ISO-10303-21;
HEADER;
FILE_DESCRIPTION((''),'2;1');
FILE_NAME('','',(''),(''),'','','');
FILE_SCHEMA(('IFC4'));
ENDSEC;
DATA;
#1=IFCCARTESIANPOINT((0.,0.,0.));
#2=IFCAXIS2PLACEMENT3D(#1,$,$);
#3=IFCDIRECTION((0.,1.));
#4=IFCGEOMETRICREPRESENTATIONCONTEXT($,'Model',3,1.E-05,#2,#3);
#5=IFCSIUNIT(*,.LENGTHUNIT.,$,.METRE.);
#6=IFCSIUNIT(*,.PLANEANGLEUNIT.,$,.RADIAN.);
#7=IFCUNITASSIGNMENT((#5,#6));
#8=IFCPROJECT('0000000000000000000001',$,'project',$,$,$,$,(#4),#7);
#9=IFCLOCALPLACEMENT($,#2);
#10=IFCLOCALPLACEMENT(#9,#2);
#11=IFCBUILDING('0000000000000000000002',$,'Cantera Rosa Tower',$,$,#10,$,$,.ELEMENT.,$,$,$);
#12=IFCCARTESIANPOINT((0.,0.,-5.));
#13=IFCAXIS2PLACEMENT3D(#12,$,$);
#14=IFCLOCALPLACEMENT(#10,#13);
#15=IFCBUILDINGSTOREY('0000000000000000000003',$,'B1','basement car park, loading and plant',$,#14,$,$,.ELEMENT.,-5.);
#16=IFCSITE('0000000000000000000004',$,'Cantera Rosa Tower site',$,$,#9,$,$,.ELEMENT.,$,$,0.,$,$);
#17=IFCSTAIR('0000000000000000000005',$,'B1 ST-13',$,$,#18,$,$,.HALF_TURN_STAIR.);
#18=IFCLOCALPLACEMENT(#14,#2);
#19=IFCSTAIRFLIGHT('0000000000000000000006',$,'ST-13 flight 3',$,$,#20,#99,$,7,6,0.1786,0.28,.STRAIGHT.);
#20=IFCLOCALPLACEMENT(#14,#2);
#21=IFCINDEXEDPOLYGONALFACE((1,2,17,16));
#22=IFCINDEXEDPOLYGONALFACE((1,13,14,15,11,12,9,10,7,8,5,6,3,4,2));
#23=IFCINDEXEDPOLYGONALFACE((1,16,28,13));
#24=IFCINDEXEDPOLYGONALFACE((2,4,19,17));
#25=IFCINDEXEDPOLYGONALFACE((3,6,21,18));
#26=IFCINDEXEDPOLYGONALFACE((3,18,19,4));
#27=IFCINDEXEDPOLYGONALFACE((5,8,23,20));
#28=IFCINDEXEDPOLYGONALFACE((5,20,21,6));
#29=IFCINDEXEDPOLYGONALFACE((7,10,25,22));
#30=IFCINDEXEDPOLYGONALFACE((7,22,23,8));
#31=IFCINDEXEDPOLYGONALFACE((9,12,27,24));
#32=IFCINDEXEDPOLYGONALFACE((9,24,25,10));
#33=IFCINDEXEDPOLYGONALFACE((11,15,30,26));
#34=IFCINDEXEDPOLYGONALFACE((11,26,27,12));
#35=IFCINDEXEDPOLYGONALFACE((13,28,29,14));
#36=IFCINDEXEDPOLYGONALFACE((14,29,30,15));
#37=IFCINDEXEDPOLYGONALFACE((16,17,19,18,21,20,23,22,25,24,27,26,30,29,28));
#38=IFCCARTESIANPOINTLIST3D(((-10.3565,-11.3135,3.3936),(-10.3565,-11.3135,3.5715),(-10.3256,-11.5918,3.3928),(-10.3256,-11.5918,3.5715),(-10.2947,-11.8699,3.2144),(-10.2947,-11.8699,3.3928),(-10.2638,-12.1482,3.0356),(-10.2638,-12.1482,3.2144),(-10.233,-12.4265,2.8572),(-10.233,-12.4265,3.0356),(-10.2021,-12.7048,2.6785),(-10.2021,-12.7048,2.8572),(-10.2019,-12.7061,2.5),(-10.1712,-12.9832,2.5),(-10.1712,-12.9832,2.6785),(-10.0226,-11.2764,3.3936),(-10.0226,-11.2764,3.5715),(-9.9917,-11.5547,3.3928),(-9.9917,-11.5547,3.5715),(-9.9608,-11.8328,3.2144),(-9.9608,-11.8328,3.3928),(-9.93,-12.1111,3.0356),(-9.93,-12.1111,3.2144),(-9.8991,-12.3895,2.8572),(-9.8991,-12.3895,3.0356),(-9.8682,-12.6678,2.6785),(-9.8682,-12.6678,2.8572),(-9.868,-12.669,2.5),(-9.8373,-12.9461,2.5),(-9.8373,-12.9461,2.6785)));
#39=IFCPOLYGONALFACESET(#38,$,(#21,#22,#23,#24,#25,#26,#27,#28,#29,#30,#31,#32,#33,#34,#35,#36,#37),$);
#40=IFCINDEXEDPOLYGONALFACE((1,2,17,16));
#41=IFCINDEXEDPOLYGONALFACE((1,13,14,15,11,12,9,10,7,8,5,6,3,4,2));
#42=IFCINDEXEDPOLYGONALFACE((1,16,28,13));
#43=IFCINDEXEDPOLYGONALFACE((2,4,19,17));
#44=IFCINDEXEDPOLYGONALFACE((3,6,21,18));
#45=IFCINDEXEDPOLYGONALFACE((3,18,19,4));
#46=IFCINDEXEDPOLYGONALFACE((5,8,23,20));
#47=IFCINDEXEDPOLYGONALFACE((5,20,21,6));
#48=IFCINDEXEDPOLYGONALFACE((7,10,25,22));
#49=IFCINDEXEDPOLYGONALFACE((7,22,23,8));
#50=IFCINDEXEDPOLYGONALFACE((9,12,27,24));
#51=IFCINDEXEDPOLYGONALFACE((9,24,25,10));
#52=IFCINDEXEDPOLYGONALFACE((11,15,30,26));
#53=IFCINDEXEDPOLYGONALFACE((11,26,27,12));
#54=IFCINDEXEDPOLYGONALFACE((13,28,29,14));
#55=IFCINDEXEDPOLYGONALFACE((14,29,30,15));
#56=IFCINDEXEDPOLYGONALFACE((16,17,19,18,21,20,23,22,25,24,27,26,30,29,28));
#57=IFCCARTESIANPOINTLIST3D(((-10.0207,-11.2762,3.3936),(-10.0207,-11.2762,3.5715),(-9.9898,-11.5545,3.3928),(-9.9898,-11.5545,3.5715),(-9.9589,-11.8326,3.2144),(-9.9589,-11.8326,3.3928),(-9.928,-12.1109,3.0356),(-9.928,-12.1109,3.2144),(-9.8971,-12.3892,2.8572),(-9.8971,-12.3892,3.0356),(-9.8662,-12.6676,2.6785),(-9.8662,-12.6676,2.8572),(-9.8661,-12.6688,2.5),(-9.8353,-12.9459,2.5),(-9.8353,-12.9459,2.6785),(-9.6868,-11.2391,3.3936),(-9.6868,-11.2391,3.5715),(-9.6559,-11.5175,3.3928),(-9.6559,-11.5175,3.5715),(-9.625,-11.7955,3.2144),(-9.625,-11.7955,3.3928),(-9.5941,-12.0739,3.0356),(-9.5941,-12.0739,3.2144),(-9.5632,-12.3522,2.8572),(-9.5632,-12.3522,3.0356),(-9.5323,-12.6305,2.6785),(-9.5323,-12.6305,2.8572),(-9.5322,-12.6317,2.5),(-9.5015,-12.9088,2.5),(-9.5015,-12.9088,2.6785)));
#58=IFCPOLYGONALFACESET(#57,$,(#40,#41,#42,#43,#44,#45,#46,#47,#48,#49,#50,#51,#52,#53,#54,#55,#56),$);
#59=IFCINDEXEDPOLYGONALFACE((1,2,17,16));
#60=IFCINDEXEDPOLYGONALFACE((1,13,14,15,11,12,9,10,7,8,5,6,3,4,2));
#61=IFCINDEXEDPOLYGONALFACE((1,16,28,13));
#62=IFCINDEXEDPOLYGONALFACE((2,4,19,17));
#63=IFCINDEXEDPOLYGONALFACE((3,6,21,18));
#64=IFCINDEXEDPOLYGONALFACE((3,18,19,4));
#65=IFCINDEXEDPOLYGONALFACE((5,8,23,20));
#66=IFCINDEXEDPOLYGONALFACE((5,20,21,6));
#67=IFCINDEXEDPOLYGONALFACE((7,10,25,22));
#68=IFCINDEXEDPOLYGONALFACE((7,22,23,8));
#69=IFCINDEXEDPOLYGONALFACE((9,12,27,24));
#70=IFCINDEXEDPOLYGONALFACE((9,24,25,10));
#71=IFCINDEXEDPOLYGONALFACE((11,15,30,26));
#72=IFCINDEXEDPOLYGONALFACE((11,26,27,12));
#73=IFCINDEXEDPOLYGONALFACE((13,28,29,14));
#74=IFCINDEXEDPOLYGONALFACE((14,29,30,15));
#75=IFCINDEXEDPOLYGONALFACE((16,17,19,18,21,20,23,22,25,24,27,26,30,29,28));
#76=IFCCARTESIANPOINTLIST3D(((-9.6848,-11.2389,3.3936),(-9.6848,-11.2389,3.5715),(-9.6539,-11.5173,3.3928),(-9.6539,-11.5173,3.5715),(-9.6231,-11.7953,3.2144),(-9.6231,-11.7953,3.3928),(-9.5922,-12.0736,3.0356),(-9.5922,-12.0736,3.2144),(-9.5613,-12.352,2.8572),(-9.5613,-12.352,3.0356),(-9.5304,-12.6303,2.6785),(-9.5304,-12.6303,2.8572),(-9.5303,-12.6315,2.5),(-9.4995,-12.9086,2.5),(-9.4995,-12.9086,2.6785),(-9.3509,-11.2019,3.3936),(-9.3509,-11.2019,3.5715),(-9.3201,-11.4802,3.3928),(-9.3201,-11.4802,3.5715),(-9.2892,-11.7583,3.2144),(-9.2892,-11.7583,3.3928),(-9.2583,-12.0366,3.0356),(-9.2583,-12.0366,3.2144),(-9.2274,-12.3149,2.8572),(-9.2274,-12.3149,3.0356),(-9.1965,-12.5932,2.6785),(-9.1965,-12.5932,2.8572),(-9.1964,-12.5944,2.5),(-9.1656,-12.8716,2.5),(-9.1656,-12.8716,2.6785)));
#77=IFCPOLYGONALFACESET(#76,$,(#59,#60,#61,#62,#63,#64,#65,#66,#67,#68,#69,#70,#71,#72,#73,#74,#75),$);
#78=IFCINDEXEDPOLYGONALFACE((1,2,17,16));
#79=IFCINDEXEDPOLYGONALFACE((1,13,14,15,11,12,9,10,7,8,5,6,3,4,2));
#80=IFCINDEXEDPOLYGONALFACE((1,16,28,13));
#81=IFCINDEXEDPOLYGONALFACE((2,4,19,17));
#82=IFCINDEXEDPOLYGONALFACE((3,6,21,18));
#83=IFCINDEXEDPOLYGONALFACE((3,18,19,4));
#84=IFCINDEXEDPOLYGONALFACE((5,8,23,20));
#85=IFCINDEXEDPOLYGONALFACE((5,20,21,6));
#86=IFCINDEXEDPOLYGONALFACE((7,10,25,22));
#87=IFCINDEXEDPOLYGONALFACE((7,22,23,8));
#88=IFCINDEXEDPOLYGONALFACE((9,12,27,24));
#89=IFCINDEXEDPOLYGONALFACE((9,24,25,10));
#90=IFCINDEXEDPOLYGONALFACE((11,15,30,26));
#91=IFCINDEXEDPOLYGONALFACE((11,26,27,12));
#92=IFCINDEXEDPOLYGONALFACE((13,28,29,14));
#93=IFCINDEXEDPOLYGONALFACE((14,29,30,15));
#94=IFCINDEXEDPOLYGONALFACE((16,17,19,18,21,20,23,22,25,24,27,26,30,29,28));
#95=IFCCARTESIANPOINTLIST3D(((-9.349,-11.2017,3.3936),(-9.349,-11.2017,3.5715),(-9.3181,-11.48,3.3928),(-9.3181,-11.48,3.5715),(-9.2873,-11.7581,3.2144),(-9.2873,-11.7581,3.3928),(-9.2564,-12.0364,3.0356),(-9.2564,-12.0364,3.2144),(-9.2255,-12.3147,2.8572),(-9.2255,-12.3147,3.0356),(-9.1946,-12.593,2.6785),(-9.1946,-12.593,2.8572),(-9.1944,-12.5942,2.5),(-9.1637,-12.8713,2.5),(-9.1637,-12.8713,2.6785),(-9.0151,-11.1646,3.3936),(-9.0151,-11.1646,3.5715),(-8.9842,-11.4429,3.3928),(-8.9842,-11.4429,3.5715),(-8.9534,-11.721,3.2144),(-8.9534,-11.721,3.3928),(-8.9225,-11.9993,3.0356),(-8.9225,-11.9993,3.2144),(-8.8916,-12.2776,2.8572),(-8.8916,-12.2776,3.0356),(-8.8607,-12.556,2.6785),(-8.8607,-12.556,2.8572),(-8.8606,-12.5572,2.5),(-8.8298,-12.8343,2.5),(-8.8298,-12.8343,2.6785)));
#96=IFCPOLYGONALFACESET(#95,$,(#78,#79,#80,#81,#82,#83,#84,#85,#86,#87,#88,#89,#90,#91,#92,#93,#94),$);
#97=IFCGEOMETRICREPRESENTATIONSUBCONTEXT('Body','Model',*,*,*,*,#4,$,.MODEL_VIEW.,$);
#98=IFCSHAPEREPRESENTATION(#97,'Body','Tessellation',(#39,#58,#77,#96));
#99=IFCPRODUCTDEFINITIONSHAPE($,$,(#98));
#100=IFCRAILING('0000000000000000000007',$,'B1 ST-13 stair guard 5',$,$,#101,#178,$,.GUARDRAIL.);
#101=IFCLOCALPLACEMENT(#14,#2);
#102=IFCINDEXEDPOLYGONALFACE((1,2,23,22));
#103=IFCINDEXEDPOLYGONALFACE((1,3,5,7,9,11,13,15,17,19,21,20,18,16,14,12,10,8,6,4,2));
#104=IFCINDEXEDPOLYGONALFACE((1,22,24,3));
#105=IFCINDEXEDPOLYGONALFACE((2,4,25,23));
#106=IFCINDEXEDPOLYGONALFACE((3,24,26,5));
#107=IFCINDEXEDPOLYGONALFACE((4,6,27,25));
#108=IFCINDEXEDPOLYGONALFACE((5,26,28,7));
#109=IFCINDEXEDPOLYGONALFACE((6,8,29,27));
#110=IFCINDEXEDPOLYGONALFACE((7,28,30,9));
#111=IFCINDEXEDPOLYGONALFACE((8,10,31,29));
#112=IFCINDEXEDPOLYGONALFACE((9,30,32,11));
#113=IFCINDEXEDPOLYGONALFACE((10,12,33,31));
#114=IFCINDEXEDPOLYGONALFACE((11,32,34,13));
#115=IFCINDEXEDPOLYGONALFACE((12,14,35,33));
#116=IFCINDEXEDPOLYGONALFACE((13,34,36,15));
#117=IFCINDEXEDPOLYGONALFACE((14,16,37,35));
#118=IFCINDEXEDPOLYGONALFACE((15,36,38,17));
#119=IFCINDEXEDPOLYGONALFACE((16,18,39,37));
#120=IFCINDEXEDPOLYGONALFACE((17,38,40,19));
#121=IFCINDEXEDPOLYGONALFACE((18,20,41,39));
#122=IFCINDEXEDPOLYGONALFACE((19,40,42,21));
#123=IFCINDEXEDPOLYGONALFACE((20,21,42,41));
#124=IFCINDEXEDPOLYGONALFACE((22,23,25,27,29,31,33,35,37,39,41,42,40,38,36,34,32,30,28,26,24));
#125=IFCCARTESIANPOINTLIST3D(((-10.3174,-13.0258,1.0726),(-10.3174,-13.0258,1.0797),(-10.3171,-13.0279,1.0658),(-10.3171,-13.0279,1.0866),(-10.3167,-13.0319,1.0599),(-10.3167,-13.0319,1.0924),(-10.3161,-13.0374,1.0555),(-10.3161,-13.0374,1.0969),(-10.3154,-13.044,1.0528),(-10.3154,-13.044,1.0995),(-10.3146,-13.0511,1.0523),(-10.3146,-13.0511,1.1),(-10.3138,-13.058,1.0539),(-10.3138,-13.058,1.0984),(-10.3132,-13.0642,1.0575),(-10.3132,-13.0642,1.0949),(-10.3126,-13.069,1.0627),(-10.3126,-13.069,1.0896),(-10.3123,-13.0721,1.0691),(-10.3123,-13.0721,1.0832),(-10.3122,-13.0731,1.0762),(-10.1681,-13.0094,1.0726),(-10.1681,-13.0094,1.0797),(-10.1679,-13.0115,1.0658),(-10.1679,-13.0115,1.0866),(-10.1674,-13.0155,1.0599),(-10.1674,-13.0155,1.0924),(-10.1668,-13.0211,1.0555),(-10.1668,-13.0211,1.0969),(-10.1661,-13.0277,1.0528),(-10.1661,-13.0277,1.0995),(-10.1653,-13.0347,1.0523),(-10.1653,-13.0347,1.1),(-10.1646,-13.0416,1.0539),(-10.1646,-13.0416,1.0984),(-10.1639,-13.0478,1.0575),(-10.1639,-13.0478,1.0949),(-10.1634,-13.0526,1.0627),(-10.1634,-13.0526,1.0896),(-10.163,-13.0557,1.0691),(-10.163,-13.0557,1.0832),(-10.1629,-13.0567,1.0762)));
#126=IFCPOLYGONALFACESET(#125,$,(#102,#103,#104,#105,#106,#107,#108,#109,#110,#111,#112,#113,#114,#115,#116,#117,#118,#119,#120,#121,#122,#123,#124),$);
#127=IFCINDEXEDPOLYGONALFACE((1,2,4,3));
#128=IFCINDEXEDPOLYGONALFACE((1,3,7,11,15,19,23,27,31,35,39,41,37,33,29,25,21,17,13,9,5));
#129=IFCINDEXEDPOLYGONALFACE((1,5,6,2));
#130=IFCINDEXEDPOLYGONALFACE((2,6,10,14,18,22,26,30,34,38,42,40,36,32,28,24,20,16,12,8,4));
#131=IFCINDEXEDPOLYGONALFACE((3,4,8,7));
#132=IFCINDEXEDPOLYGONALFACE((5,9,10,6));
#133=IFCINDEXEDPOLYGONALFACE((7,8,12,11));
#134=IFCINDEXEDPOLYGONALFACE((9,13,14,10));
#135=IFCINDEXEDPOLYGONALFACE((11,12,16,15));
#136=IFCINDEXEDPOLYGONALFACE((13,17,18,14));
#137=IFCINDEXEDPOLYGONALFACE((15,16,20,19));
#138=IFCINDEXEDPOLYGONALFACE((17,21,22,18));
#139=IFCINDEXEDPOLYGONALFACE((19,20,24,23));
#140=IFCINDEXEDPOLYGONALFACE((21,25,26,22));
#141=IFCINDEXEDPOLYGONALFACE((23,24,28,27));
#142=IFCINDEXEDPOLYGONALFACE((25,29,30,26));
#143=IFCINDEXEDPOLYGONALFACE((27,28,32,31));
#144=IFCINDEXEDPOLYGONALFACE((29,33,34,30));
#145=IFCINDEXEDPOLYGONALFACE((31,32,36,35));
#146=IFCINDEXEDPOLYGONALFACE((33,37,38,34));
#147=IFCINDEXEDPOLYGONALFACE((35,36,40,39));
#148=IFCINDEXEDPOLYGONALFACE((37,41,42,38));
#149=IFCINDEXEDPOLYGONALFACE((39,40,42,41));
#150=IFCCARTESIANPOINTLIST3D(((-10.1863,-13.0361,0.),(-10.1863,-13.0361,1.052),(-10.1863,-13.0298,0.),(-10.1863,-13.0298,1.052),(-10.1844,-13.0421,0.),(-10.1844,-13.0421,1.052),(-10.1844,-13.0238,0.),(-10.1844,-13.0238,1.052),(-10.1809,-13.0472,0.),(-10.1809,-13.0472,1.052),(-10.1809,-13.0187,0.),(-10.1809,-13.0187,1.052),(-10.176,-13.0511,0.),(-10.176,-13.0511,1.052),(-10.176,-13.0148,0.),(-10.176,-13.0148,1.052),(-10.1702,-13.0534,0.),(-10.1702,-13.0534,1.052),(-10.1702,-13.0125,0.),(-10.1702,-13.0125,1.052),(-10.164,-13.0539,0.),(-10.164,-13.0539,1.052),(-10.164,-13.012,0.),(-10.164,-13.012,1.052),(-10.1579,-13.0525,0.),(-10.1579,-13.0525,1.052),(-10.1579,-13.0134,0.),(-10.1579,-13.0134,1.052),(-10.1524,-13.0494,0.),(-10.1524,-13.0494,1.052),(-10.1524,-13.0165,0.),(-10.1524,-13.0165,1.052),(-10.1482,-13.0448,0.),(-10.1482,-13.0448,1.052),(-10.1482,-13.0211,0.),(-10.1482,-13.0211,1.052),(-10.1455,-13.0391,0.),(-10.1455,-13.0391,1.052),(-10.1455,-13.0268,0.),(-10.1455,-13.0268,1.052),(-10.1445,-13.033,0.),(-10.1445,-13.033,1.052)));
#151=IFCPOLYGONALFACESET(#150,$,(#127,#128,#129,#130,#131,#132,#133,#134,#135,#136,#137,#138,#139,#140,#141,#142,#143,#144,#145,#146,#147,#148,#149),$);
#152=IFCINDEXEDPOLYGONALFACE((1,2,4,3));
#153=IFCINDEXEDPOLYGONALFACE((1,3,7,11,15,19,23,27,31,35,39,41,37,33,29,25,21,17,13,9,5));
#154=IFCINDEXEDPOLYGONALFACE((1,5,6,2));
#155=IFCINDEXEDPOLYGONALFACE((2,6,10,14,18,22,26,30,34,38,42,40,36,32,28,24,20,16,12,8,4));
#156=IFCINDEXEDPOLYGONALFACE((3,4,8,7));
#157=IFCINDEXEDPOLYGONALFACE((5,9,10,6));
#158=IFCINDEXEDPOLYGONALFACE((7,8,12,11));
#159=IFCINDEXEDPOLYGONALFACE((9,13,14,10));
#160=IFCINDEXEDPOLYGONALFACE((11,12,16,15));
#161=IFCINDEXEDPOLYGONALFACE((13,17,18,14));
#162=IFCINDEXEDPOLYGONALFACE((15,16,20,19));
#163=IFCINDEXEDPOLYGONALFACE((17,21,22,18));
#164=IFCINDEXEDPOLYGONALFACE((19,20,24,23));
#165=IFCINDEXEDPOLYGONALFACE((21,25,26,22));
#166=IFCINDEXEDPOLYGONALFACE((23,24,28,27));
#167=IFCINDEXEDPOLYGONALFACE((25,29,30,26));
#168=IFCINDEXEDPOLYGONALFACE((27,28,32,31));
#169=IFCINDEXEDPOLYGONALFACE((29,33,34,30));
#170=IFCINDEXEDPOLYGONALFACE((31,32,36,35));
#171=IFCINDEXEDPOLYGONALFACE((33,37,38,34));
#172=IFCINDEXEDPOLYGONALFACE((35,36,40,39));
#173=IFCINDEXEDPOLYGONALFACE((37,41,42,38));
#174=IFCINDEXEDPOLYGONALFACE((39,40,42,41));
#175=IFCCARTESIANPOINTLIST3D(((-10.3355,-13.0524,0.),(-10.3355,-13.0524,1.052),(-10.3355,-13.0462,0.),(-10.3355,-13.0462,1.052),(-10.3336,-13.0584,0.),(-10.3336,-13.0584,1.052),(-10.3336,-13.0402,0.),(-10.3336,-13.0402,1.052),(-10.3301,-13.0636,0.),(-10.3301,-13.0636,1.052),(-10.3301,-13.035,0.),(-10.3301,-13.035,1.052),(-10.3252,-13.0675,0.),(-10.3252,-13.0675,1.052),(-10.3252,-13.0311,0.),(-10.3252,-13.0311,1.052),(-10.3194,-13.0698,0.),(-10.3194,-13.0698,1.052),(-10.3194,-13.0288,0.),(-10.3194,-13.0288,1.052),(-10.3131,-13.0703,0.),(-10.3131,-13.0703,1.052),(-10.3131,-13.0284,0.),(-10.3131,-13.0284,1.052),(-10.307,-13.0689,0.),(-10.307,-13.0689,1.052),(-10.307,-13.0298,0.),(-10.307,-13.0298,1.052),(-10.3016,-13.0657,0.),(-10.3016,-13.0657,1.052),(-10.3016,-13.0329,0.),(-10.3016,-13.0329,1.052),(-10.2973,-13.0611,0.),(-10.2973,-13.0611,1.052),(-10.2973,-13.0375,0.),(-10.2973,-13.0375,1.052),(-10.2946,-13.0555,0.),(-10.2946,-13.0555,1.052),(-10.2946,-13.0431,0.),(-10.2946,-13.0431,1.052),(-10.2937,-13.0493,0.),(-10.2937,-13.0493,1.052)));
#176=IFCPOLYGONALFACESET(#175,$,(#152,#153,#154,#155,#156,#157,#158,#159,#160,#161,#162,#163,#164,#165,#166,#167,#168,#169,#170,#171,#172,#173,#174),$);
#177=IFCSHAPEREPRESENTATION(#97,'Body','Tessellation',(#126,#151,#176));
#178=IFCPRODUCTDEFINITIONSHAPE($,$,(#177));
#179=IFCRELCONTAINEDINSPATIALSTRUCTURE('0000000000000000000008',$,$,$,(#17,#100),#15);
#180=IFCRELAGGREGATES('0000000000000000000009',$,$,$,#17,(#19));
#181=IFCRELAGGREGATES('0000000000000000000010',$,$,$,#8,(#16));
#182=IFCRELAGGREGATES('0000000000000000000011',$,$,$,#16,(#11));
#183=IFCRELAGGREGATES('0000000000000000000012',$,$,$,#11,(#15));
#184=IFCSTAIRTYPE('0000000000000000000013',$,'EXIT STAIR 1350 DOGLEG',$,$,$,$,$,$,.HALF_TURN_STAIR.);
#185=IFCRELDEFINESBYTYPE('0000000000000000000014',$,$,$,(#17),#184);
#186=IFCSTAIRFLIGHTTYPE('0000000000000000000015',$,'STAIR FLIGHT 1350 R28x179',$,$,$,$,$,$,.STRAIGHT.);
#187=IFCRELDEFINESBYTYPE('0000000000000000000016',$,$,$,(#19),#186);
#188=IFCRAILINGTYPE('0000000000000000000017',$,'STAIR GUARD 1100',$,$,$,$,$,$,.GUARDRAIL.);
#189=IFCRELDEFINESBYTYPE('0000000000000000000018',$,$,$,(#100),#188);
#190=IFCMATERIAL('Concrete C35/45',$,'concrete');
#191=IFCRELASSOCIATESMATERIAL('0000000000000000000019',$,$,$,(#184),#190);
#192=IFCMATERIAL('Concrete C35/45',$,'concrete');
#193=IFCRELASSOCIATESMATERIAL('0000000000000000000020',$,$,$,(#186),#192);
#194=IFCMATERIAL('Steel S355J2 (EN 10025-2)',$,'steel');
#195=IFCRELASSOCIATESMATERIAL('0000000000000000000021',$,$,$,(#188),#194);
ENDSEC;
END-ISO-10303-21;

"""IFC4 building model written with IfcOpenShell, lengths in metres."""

from ifc_helpers import new_model, si_unit, direction, frame, origin, origin_2d, place, context, subcontext, project, spatial, polyline, circle, outline, extrude, material, type_object, element, aggregate, save


model = new_model("IFC4")

# Units and contexts
model_context = context("Model", 3, precision=1e-05, world=origin(), true_north=direction((0.0, 1.0)))
body_context = subcontext(model_context, "Body", "Model", "MODEL_VIEW")
ifc_project = project(units=[si_unit("LENGTHUNIT", "METRE"), si_unit("PLANEANGLEUNIT", "RADIAN")], contexts=[model_context])

# Site, building, storey
site_placement = place(None, origin())
site = spatial("IfcSite", under=ifc_project, at=site_placement, Name="Cantera Rosa Tower site", CompositionType="ELEMENT", RefElevation=0.0)
building_placement = place(site_placement, origin())
building = spatial("IfcBuilding", under=site, at=building_placement, Name="Cantera Rosa Tower", CompositionType="ELEMENT")
storey_placement = place(building_placement, frame((0.0, 0.0, -5.0)))
storey = spatial("IfcBuildingStorey", under=building, at=storey_placement, Name="B1", Description="basement car park, loading and plant", CompositionType="ELEMENT", Elevation=-5.0)

# Stair, stair flight
ifc_material_1 = material(Name="Concrete C35/45", Category="concrete")
stair_type = type_object("IfcStairType", Name="EXIT STAIR 1350 DOGLEG", PredefinedType="HALF_TURN_STAIR", material=ifc_material_1)
stair_placement = place(storey_placement, origin())
stair = element("IfcStair", 1, at=stair_placement, inside=storey, type_object=stair_type, Name="B1 ST-13", PredefinedType="HALF_TURN_STAIR")
ifc_material_2 = material(Name="Concrete C35/45", Category="concrete")
stair_flight_type = type_object("IfcStairFlightType", Name="STAIR FLIGHT 1350 R28x179", PredefinedType="STRAIGHT", material=ifc_material_2)
stair_flight_1_placement = place(storey_placement, frame((-9.5002, -12.9087, 2.5), z_axis=(0.0, 0.0, 1.0), x_axis=(-0.110313, 0.993897, 0.0)))
stair_flight_1 = element("IfcStairFlight", 2, at=stair_flight_1_placement, type_object=stair_flight_type, Name="ST-13 flight 3", NumberOfRisers=7, NumberOfTreads=6, PredefinedType="STRAIGHT", RiserHeight=0.1786, TreadLength=0.28, context=body_context, shape_type="SweptSolid", body=[
    extrude(outline(polyline([(0.0, 0.0), (0.0, 0.1785), (0.28, 0.1785), (0.28, 0.3572), (0.5601, 0.3572), (0.5601, 0.5356), (0.8401, 0.5356), (0.8401, 0.7144), (1.1201, 0.7144), (1.1201, 0.8928), (1.3999, 0.8928), (1.3999, 1.0715), (1.6799, 1.0715), (1.6799, 1.25), (1.6799, 0.8936), (0.2788, 0.0), (0.0, 0.0)])), frame((0.0, 0.675, 0.0), z_axis=(0.0, -1.0, 0.0), x_axis=(1.0, 0.0, 0.0)), (0.0, 0.0, 1.0), 0.3359),
    extrude(outline(polyline([(0.0, 0.0), (0.0, 0.1785), (0.28, 0.1785), (0.28, 0.3572), (0.5601, 0.3572), (0.5601, 0.5356), (0.8401, 0.5356), (0.8401, 0.7144), (1.1201, 0.7144), (1.1201, 0.8928), (1.3999, 0.8928), (1.3999, 1.0715), (1.6799, 1.0715), (1.6799, 1.25), (1.6799, 0.8936), (0.2788, 0.0), (0.0, 0.0)])), frame((0.0, 0.3372, 0.0), z_axis=(0.0, -1.0, 0.0), x_axis=(1.0, 0.0, 0.0)), (0.0, 0.0, 1.0), 0.3359),
    extrude(outline(polyline([(0.0, 0.0), (0.0, 0.1785), (0.28, 0.1785), (0.28, 0.3572), (0.5601, 0.3572), (0.5601, 0.5356), (0.8401, 0.5356), (0.8401, 0.7144), (1.1201, 0.7144), (1.1201, 0.8928), (1.3999, 0.8928), (1.3999, 1.0715), (1.6799, 1.0715), (1.6799, 1.25), (1.6799, 0.8936), (0.2788, 0.0), (0.0, 0.0)])), frame((0.0, -0.0007, 0.0), z_axis=(0.0, -1.0, 0.0), x_axis=(1.0, 0.0, 0.0)), (0.0, 0.0, 1.0), 0.3359),
    extrude(outline(polyline([(0.0, 0.0), (0.0, 0.1785), (0.28, 0.1785), (0.28, 0.3572), (0.5601, 0.3572), (0.5601, 0.5356), (0.8401, 0.5356), (0.8401, 0.7144), (1.1201, 0.7144), (1.1201, 0.8928), (1.3999, 0.8928), (1.3999, 1.0715), (1.6799, 1.0715), (1.6799, 1.25), (1.6799, 0.8936), (0.2788, 0.0), (0.0, 0.0)])), frame((0.0, -0.3386, 0.0), z_axis=(0.0, -1.0, 0.0), x_axis=(1.0, 0.0, 0.0)), (0.0, 0.0, 1.0), 0.3359),
])
aggregate(stair, [stair_flight_1])

# Railing
ifc_material_3 = material(Name="Steel S355J2 (EN 10025-2)", Category="steel")
railing_type_1 = type_object("IfcRailingType", Name="STAIR GUARD 1100", PredefinedType="GUARDRAIL", material=ifc_material_3)
railing_1_placement = place(storey_placement, frame((-10.1655, -13.033, 0.0)))
element("IfcRailing", 3, at=railing_1_placement, inside=storey, type_object=railing_type_1, Name="B1 ST-13 stair guard 5", PredefinedType="GUARDRAIL", context=body_context, shape_type="SweptSolid", body=[
    extrude(circle(Radius=0.0239, at=origin_2d()), frame((0.0, 0.0, 1.0762), z_axis=(-0.994041, -0.109003, 0.0), x_axis=(0.109003, -0.994041, 0.0)), (0.0, 0.0, 1.0), 0.1501),
    extrude(circle(Radius=0.021, at=origin_2d()), origin(), (0.0, 0.0, 1.0), 1.052),
    extrude(circle(Radius=0.021, at=origin_2d()), frame((-0.1492, -0.0164, 0.0)), (0.0, 0.0, 1.0), 1.052),
])

save(model, "model.ifc")
